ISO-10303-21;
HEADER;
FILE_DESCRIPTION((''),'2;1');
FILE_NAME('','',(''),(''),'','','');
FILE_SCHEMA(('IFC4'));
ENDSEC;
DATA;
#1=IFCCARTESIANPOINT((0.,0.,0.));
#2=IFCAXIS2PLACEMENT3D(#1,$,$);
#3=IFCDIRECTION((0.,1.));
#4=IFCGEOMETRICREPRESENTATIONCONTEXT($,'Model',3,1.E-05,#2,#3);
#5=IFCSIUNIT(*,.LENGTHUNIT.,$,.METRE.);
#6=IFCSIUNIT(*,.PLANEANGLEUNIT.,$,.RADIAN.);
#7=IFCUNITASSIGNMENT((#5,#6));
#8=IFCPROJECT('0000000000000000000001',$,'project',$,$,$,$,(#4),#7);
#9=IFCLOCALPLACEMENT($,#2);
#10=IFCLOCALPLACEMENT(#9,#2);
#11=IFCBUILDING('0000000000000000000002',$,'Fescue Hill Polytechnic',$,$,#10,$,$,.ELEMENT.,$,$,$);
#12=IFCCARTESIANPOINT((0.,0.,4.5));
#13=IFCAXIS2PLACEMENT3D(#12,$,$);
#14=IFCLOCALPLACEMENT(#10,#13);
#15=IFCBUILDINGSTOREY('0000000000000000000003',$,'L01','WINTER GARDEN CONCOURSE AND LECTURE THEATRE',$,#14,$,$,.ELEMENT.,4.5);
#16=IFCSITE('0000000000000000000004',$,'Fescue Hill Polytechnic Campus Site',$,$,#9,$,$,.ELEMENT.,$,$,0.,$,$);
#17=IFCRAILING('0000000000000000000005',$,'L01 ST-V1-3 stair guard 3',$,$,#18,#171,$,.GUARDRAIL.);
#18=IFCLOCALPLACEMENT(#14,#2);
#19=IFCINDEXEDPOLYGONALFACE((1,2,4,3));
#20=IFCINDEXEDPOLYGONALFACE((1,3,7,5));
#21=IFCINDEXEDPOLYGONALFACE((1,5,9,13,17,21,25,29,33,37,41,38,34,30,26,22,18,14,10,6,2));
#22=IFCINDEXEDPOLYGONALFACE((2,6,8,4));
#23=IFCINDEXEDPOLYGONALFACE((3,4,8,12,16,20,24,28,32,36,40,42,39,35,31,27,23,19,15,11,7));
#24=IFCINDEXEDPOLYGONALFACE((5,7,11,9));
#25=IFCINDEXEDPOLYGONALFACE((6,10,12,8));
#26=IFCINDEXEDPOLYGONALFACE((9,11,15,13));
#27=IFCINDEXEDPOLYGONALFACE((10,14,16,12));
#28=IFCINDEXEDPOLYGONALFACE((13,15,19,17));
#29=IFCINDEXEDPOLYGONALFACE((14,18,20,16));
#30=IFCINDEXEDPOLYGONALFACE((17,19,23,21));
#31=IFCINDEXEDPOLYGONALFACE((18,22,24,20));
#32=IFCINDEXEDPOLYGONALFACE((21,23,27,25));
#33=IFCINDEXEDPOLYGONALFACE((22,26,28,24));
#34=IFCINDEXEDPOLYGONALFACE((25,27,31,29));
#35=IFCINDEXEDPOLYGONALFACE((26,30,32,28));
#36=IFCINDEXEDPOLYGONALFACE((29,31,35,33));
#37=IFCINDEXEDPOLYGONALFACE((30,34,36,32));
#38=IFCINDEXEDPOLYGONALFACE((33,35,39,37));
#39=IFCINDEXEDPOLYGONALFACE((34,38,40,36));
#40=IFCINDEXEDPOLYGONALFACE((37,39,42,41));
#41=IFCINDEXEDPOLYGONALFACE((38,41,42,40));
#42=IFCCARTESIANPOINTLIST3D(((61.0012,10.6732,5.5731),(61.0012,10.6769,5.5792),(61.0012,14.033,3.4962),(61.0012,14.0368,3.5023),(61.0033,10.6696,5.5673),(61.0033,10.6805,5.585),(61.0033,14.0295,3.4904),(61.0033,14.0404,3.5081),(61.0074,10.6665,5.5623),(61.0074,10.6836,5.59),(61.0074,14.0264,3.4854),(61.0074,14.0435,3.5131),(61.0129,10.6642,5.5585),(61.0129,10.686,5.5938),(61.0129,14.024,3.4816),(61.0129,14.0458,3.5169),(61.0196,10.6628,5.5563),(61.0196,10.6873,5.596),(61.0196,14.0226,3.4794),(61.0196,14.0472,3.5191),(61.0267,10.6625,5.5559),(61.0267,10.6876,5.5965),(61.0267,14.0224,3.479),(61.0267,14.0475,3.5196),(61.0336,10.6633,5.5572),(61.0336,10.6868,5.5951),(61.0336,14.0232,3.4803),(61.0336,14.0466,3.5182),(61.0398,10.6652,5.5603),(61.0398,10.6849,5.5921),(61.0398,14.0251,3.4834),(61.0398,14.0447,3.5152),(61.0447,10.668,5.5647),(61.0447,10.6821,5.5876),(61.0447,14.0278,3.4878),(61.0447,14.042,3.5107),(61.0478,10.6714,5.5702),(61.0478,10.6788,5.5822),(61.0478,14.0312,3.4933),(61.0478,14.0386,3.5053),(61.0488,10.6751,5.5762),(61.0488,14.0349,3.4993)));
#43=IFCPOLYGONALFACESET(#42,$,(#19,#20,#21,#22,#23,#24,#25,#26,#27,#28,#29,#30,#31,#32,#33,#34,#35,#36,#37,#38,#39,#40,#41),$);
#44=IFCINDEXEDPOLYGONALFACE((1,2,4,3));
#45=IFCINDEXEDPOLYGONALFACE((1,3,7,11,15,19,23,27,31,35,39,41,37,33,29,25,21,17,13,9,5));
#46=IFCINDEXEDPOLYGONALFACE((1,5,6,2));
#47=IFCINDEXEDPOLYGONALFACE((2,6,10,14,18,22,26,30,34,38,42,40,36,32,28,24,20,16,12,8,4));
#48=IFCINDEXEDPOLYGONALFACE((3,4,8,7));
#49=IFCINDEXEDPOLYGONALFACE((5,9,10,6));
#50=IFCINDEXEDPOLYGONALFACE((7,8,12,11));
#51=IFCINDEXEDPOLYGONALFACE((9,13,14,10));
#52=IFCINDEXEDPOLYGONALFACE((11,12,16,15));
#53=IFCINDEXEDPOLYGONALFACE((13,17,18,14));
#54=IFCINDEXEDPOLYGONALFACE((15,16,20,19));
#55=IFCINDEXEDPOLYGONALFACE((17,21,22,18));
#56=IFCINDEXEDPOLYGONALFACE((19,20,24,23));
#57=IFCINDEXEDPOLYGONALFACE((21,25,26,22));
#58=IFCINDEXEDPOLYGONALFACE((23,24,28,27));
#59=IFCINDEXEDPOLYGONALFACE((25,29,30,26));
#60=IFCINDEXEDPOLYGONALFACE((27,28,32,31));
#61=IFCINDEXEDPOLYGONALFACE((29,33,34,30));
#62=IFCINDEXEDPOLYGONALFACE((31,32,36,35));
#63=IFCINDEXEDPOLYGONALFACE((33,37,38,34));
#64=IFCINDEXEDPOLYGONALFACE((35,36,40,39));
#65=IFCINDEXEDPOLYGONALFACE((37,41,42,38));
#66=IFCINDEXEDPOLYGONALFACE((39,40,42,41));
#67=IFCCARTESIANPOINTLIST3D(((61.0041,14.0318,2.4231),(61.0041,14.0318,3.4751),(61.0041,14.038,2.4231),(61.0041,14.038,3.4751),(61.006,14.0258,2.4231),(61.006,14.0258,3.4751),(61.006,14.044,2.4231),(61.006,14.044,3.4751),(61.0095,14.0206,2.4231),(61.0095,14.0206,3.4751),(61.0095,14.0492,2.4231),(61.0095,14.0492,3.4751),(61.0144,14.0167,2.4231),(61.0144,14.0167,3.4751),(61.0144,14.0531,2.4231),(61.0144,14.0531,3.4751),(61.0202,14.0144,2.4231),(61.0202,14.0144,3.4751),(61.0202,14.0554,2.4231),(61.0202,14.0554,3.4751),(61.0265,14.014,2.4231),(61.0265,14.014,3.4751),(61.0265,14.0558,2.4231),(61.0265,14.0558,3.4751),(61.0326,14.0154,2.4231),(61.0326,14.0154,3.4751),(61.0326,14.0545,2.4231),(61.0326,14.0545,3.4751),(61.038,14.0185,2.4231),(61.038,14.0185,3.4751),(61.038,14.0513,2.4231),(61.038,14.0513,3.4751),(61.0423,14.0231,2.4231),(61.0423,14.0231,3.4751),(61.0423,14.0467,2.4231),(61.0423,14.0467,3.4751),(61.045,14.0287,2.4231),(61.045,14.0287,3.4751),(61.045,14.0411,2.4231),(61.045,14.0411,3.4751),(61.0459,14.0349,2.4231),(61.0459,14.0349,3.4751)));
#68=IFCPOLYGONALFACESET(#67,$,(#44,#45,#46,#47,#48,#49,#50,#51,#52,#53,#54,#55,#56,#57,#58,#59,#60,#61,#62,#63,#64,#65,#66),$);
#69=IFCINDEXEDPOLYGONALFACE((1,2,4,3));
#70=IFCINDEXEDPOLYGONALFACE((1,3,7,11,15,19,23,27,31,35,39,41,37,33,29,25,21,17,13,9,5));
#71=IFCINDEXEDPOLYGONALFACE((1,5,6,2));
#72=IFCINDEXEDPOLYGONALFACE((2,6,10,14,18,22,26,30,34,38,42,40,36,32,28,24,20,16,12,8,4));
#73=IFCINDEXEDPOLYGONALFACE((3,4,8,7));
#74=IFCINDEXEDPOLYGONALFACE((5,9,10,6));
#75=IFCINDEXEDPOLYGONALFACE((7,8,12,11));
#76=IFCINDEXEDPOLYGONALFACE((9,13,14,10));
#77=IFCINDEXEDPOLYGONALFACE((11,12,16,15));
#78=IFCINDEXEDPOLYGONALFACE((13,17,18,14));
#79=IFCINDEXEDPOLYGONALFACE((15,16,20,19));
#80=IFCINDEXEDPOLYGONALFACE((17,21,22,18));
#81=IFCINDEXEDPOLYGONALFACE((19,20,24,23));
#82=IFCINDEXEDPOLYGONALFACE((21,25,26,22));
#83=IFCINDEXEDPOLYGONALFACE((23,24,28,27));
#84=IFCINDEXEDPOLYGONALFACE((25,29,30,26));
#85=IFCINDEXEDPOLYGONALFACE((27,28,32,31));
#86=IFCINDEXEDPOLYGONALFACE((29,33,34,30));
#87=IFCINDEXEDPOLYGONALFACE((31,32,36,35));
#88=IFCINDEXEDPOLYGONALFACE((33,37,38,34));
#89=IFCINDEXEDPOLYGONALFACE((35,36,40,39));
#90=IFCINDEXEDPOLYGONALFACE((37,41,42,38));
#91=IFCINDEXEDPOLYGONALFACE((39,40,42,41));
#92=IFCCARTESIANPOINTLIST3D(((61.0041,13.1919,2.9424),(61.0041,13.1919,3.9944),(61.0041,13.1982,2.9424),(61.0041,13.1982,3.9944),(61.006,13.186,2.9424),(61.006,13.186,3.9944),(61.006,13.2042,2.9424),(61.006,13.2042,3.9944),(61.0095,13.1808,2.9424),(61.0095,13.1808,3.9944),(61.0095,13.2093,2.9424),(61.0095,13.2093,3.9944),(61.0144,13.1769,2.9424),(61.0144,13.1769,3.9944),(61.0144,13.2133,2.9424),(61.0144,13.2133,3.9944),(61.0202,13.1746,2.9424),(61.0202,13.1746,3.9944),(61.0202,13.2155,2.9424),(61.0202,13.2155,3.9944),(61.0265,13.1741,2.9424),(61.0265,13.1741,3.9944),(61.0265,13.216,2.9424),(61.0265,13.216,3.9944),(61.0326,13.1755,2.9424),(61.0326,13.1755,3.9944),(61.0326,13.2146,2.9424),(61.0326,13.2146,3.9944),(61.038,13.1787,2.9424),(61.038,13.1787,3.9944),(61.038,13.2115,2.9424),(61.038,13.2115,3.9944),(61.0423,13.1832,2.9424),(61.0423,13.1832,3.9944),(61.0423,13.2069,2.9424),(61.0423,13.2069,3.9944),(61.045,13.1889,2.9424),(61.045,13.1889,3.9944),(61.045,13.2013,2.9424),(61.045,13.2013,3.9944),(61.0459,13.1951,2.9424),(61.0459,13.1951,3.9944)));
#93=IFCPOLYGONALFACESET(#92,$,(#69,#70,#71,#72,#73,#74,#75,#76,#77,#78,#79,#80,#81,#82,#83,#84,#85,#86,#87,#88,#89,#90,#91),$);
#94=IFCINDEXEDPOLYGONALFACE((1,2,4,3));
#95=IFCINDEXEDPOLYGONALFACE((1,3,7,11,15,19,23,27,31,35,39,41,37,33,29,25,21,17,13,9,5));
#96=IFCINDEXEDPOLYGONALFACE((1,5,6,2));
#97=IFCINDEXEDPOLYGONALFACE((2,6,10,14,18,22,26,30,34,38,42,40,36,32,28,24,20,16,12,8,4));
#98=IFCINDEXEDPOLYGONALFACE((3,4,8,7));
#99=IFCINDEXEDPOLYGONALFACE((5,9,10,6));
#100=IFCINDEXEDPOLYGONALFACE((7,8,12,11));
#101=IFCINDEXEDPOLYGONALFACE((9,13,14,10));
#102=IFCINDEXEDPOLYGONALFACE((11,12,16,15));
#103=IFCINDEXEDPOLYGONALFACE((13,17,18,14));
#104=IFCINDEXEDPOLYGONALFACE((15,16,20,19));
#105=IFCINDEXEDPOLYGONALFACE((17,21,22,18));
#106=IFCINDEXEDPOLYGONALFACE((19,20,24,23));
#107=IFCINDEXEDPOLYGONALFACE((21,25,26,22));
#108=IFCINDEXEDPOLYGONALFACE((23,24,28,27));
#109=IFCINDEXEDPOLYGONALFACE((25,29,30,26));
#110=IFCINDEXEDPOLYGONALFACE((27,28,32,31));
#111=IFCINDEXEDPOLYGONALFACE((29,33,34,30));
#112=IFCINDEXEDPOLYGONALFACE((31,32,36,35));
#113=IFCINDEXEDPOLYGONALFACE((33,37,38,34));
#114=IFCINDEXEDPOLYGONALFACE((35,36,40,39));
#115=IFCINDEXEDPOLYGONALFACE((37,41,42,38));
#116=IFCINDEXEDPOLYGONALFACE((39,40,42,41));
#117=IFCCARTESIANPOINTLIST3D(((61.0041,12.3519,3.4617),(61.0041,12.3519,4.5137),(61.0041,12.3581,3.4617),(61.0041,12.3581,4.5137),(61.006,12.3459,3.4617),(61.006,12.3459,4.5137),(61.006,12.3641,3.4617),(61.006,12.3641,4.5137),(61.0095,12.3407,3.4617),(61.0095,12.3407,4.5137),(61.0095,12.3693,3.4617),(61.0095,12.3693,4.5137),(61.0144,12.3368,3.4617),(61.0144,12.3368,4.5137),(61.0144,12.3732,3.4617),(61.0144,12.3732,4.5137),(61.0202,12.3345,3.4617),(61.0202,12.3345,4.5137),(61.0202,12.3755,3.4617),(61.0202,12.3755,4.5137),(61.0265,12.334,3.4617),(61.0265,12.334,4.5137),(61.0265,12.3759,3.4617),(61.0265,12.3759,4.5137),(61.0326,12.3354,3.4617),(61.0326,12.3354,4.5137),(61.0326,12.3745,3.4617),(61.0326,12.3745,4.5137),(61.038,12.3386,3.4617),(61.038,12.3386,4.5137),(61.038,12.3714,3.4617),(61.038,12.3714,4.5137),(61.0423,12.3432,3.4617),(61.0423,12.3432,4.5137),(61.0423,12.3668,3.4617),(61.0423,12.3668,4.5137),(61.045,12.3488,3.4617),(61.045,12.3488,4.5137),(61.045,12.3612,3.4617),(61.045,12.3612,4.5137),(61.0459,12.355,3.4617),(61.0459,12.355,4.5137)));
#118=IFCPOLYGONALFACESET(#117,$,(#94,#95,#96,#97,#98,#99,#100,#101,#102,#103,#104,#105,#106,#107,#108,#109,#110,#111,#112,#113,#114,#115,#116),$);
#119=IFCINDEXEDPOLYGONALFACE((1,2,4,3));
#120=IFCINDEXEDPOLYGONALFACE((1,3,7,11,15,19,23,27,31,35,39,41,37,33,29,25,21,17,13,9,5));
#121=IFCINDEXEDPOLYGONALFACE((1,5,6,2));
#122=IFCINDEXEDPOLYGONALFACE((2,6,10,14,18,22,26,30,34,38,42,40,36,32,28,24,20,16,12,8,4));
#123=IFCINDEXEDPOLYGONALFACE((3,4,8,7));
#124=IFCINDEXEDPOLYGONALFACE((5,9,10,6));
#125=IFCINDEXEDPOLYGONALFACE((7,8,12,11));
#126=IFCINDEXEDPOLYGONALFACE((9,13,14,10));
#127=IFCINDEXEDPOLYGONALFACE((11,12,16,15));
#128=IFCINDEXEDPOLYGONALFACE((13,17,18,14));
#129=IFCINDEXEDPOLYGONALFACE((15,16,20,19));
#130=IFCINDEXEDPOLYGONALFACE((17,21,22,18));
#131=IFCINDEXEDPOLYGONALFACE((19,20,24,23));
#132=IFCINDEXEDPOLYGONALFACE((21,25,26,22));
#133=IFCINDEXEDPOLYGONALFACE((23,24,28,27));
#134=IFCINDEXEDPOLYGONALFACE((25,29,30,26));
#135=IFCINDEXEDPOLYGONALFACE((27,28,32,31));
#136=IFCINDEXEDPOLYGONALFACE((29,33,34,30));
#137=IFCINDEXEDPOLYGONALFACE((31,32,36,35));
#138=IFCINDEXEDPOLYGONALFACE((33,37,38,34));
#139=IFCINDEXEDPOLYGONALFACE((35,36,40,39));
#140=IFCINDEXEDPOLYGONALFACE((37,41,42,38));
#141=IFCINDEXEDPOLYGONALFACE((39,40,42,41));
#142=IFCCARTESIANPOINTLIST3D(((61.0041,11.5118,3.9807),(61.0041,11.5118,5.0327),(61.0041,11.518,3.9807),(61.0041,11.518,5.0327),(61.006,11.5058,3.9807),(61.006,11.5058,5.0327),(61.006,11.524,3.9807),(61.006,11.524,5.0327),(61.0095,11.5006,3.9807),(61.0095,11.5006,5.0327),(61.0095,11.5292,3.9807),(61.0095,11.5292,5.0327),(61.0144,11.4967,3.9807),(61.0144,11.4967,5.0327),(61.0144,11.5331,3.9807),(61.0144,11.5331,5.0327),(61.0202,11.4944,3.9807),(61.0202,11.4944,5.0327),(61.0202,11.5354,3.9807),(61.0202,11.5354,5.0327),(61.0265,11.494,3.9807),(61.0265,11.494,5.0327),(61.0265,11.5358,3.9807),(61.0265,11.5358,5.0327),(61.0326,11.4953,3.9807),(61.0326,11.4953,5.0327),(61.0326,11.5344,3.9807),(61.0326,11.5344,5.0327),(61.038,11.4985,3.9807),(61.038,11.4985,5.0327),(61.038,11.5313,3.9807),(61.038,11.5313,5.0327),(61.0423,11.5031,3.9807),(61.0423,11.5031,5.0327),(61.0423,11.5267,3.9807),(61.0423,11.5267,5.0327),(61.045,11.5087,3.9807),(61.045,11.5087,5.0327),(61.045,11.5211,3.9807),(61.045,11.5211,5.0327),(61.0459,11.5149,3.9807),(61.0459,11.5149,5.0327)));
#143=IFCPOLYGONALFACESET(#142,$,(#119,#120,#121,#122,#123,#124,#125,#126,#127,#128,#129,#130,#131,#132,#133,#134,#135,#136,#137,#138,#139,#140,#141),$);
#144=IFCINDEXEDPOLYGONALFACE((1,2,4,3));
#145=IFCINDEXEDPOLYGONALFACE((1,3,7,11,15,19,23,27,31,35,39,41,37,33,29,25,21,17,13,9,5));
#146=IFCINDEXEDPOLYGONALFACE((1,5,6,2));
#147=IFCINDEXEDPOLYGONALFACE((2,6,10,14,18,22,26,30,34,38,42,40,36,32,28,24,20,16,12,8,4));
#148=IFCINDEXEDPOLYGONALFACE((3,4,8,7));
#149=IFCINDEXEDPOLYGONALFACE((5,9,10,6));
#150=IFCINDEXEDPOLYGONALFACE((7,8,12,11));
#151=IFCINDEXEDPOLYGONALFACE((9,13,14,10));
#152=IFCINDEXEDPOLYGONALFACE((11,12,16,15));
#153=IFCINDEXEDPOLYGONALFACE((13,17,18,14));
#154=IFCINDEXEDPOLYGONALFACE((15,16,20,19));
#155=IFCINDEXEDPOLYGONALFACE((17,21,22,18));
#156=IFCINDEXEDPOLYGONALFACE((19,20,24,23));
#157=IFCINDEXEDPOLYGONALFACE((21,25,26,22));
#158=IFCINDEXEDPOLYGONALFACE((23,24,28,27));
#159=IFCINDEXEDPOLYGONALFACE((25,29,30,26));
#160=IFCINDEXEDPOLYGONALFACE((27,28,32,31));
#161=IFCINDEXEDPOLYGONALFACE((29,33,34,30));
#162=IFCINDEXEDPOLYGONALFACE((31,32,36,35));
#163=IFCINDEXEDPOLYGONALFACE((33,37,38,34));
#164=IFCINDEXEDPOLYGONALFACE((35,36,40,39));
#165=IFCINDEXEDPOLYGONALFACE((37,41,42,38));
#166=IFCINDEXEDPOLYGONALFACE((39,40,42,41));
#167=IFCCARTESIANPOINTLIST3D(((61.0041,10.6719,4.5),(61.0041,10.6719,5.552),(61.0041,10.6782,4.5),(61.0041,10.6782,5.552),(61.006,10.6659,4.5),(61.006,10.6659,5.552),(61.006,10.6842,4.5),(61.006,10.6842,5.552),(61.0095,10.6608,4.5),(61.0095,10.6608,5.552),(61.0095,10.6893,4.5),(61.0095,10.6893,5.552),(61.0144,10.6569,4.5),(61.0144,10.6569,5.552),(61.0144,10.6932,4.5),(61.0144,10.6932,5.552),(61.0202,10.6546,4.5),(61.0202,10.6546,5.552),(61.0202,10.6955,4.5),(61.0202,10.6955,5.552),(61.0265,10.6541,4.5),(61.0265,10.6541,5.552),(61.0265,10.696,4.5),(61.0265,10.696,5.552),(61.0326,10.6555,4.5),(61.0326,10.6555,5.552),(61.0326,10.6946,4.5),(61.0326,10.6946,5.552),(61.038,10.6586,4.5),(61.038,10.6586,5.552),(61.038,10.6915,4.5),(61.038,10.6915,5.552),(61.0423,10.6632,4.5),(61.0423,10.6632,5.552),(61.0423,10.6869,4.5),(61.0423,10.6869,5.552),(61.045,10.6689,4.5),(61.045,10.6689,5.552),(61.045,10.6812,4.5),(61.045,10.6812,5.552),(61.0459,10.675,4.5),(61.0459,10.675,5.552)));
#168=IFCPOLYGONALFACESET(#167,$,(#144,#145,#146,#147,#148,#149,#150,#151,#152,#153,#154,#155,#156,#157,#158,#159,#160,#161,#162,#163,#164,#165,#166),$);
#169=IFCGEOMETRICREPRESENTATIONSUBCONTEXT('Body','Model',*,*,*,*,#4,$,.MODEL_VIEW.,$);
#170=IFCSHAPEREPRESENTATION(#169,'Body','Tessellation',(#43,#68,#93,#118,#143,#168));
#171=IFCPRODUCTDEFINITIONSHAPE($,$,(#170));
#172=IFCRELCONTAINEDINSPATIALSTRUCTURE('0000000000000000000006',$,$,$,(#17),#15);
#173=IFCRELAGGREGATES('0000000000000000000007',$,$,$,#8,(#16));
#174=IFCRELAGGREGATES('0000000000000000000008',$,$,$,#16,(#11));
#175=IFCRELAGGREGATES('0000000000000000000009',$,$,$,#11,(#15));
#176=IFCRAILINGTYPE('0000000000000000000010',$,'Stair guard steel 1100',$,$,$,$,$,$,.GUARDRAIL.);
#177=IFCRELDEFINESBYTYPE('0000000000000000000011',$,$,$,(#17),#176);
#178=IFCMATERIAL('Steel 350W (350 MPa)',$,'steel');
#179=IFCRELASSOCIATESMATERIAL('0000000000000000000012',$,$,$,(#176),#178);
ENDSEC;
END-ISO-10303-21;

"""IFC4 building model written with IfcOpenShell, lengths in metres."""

from ifc_helpers import new_model, si_unit, direction, frame, origin, origin_2d, place, context, subcontext, project, spatial, circle, extrude, material, type_object, element, save


model = new_model("IFC4")

# Units and contexts
model_context = context("Model", 3, precision=1e-05, world=origin(), true_north=direction((0.0, 1.0)))
body_context = subcontext(model_context, "Body", "Model", "MODEL_VIEW")
ifc_project = project(units=[si_unit("LENGTHUNIT", "METRE"), si_unit("PLANEANGLEUNIT", "RADIAN")], contexts=[model_context])

# Site, building, storey
site_placement = place(None, origin())
site = spatial("IfcSite", under=ifc_project, at=site_placement, Name="Fescue Hill Polytechnic Campus Site", CompositionType="ELEMENT", RefElevation=0.0)
building_placement = place(site_placement, origin())
building = spatial("IfcBuilding", under=site, at=building_placement, Name="Fescue Hill Polytechnic", CompositionType="ELEMENT")
storey_placement = place(building_placement, frame((0.0, 0.0, 4.5)))
storey = spatial("IfcBuildingStorey", under=building, at=storey_placement, Name="L01", Description="WINTER GARDEN CONCOURSE AND LECTURE THEATRE", CompositionType="ELEMENT", Elevation=4.5)

# Railing
ifc_material_1 = material(Name="Steel 350W (350 MPa)", Category="steel")
railing_type_1 = type_object("IfcRailingType", Name="Stair guard steel 1100", PredefinedType="GUARDRAIL", material=ifc_material_1)
railing_1_placement = place(storey_placement, frame((61.0249, 14.0349, 2.4231)))
element("IfcRailing", 1, at=railing_1_placement, inside=storey, type_object=railing_type_1, Name="L01 ST-V1-3 stair guard 3", PredefinedType="GUARDRAIL", context=body_context, shape_type="SweptSolid", body=[
    extrude(circle(Radius=0.0239, at=origin_2d()), frame((0.0, 0.0, 1.0762), z_axis=(0.0, -0.850606, 0.525803), x_axis=(1.0, 0.0, 0.0)), (0.0, 0.0, 1.0), 3.95),
    extrude(circle(Radius=0.021, at=origin_2d()), origin(), (0.0, 0.0, 1.0), 1.052),
    extrude(circle(Radius=0.021, at=origin_2d()), frame((0.0, -0.8398, 0.5193)), (0.0, 0.0, 1.0), 1.052),
    extrude(circle(Radius=0.021, at=origin_2d()), frame((0.0, -1.6799, 1.0386)), (0.0, 0.0, 1.0), 1.052),
    extrude(circle(Radius=0.021, at=origin_2d()), frame((0.0, -2.52, 1.5576)), (0.0, 0.0, 1.0), 1.052),
    extrude(circle(Radius=0.021, at=origin_2d()), frame((0.0, -3.3599, 2.0769)), (0.0, 0.0, 1.0), 1.052),
])

save(model, "model.ifc")
